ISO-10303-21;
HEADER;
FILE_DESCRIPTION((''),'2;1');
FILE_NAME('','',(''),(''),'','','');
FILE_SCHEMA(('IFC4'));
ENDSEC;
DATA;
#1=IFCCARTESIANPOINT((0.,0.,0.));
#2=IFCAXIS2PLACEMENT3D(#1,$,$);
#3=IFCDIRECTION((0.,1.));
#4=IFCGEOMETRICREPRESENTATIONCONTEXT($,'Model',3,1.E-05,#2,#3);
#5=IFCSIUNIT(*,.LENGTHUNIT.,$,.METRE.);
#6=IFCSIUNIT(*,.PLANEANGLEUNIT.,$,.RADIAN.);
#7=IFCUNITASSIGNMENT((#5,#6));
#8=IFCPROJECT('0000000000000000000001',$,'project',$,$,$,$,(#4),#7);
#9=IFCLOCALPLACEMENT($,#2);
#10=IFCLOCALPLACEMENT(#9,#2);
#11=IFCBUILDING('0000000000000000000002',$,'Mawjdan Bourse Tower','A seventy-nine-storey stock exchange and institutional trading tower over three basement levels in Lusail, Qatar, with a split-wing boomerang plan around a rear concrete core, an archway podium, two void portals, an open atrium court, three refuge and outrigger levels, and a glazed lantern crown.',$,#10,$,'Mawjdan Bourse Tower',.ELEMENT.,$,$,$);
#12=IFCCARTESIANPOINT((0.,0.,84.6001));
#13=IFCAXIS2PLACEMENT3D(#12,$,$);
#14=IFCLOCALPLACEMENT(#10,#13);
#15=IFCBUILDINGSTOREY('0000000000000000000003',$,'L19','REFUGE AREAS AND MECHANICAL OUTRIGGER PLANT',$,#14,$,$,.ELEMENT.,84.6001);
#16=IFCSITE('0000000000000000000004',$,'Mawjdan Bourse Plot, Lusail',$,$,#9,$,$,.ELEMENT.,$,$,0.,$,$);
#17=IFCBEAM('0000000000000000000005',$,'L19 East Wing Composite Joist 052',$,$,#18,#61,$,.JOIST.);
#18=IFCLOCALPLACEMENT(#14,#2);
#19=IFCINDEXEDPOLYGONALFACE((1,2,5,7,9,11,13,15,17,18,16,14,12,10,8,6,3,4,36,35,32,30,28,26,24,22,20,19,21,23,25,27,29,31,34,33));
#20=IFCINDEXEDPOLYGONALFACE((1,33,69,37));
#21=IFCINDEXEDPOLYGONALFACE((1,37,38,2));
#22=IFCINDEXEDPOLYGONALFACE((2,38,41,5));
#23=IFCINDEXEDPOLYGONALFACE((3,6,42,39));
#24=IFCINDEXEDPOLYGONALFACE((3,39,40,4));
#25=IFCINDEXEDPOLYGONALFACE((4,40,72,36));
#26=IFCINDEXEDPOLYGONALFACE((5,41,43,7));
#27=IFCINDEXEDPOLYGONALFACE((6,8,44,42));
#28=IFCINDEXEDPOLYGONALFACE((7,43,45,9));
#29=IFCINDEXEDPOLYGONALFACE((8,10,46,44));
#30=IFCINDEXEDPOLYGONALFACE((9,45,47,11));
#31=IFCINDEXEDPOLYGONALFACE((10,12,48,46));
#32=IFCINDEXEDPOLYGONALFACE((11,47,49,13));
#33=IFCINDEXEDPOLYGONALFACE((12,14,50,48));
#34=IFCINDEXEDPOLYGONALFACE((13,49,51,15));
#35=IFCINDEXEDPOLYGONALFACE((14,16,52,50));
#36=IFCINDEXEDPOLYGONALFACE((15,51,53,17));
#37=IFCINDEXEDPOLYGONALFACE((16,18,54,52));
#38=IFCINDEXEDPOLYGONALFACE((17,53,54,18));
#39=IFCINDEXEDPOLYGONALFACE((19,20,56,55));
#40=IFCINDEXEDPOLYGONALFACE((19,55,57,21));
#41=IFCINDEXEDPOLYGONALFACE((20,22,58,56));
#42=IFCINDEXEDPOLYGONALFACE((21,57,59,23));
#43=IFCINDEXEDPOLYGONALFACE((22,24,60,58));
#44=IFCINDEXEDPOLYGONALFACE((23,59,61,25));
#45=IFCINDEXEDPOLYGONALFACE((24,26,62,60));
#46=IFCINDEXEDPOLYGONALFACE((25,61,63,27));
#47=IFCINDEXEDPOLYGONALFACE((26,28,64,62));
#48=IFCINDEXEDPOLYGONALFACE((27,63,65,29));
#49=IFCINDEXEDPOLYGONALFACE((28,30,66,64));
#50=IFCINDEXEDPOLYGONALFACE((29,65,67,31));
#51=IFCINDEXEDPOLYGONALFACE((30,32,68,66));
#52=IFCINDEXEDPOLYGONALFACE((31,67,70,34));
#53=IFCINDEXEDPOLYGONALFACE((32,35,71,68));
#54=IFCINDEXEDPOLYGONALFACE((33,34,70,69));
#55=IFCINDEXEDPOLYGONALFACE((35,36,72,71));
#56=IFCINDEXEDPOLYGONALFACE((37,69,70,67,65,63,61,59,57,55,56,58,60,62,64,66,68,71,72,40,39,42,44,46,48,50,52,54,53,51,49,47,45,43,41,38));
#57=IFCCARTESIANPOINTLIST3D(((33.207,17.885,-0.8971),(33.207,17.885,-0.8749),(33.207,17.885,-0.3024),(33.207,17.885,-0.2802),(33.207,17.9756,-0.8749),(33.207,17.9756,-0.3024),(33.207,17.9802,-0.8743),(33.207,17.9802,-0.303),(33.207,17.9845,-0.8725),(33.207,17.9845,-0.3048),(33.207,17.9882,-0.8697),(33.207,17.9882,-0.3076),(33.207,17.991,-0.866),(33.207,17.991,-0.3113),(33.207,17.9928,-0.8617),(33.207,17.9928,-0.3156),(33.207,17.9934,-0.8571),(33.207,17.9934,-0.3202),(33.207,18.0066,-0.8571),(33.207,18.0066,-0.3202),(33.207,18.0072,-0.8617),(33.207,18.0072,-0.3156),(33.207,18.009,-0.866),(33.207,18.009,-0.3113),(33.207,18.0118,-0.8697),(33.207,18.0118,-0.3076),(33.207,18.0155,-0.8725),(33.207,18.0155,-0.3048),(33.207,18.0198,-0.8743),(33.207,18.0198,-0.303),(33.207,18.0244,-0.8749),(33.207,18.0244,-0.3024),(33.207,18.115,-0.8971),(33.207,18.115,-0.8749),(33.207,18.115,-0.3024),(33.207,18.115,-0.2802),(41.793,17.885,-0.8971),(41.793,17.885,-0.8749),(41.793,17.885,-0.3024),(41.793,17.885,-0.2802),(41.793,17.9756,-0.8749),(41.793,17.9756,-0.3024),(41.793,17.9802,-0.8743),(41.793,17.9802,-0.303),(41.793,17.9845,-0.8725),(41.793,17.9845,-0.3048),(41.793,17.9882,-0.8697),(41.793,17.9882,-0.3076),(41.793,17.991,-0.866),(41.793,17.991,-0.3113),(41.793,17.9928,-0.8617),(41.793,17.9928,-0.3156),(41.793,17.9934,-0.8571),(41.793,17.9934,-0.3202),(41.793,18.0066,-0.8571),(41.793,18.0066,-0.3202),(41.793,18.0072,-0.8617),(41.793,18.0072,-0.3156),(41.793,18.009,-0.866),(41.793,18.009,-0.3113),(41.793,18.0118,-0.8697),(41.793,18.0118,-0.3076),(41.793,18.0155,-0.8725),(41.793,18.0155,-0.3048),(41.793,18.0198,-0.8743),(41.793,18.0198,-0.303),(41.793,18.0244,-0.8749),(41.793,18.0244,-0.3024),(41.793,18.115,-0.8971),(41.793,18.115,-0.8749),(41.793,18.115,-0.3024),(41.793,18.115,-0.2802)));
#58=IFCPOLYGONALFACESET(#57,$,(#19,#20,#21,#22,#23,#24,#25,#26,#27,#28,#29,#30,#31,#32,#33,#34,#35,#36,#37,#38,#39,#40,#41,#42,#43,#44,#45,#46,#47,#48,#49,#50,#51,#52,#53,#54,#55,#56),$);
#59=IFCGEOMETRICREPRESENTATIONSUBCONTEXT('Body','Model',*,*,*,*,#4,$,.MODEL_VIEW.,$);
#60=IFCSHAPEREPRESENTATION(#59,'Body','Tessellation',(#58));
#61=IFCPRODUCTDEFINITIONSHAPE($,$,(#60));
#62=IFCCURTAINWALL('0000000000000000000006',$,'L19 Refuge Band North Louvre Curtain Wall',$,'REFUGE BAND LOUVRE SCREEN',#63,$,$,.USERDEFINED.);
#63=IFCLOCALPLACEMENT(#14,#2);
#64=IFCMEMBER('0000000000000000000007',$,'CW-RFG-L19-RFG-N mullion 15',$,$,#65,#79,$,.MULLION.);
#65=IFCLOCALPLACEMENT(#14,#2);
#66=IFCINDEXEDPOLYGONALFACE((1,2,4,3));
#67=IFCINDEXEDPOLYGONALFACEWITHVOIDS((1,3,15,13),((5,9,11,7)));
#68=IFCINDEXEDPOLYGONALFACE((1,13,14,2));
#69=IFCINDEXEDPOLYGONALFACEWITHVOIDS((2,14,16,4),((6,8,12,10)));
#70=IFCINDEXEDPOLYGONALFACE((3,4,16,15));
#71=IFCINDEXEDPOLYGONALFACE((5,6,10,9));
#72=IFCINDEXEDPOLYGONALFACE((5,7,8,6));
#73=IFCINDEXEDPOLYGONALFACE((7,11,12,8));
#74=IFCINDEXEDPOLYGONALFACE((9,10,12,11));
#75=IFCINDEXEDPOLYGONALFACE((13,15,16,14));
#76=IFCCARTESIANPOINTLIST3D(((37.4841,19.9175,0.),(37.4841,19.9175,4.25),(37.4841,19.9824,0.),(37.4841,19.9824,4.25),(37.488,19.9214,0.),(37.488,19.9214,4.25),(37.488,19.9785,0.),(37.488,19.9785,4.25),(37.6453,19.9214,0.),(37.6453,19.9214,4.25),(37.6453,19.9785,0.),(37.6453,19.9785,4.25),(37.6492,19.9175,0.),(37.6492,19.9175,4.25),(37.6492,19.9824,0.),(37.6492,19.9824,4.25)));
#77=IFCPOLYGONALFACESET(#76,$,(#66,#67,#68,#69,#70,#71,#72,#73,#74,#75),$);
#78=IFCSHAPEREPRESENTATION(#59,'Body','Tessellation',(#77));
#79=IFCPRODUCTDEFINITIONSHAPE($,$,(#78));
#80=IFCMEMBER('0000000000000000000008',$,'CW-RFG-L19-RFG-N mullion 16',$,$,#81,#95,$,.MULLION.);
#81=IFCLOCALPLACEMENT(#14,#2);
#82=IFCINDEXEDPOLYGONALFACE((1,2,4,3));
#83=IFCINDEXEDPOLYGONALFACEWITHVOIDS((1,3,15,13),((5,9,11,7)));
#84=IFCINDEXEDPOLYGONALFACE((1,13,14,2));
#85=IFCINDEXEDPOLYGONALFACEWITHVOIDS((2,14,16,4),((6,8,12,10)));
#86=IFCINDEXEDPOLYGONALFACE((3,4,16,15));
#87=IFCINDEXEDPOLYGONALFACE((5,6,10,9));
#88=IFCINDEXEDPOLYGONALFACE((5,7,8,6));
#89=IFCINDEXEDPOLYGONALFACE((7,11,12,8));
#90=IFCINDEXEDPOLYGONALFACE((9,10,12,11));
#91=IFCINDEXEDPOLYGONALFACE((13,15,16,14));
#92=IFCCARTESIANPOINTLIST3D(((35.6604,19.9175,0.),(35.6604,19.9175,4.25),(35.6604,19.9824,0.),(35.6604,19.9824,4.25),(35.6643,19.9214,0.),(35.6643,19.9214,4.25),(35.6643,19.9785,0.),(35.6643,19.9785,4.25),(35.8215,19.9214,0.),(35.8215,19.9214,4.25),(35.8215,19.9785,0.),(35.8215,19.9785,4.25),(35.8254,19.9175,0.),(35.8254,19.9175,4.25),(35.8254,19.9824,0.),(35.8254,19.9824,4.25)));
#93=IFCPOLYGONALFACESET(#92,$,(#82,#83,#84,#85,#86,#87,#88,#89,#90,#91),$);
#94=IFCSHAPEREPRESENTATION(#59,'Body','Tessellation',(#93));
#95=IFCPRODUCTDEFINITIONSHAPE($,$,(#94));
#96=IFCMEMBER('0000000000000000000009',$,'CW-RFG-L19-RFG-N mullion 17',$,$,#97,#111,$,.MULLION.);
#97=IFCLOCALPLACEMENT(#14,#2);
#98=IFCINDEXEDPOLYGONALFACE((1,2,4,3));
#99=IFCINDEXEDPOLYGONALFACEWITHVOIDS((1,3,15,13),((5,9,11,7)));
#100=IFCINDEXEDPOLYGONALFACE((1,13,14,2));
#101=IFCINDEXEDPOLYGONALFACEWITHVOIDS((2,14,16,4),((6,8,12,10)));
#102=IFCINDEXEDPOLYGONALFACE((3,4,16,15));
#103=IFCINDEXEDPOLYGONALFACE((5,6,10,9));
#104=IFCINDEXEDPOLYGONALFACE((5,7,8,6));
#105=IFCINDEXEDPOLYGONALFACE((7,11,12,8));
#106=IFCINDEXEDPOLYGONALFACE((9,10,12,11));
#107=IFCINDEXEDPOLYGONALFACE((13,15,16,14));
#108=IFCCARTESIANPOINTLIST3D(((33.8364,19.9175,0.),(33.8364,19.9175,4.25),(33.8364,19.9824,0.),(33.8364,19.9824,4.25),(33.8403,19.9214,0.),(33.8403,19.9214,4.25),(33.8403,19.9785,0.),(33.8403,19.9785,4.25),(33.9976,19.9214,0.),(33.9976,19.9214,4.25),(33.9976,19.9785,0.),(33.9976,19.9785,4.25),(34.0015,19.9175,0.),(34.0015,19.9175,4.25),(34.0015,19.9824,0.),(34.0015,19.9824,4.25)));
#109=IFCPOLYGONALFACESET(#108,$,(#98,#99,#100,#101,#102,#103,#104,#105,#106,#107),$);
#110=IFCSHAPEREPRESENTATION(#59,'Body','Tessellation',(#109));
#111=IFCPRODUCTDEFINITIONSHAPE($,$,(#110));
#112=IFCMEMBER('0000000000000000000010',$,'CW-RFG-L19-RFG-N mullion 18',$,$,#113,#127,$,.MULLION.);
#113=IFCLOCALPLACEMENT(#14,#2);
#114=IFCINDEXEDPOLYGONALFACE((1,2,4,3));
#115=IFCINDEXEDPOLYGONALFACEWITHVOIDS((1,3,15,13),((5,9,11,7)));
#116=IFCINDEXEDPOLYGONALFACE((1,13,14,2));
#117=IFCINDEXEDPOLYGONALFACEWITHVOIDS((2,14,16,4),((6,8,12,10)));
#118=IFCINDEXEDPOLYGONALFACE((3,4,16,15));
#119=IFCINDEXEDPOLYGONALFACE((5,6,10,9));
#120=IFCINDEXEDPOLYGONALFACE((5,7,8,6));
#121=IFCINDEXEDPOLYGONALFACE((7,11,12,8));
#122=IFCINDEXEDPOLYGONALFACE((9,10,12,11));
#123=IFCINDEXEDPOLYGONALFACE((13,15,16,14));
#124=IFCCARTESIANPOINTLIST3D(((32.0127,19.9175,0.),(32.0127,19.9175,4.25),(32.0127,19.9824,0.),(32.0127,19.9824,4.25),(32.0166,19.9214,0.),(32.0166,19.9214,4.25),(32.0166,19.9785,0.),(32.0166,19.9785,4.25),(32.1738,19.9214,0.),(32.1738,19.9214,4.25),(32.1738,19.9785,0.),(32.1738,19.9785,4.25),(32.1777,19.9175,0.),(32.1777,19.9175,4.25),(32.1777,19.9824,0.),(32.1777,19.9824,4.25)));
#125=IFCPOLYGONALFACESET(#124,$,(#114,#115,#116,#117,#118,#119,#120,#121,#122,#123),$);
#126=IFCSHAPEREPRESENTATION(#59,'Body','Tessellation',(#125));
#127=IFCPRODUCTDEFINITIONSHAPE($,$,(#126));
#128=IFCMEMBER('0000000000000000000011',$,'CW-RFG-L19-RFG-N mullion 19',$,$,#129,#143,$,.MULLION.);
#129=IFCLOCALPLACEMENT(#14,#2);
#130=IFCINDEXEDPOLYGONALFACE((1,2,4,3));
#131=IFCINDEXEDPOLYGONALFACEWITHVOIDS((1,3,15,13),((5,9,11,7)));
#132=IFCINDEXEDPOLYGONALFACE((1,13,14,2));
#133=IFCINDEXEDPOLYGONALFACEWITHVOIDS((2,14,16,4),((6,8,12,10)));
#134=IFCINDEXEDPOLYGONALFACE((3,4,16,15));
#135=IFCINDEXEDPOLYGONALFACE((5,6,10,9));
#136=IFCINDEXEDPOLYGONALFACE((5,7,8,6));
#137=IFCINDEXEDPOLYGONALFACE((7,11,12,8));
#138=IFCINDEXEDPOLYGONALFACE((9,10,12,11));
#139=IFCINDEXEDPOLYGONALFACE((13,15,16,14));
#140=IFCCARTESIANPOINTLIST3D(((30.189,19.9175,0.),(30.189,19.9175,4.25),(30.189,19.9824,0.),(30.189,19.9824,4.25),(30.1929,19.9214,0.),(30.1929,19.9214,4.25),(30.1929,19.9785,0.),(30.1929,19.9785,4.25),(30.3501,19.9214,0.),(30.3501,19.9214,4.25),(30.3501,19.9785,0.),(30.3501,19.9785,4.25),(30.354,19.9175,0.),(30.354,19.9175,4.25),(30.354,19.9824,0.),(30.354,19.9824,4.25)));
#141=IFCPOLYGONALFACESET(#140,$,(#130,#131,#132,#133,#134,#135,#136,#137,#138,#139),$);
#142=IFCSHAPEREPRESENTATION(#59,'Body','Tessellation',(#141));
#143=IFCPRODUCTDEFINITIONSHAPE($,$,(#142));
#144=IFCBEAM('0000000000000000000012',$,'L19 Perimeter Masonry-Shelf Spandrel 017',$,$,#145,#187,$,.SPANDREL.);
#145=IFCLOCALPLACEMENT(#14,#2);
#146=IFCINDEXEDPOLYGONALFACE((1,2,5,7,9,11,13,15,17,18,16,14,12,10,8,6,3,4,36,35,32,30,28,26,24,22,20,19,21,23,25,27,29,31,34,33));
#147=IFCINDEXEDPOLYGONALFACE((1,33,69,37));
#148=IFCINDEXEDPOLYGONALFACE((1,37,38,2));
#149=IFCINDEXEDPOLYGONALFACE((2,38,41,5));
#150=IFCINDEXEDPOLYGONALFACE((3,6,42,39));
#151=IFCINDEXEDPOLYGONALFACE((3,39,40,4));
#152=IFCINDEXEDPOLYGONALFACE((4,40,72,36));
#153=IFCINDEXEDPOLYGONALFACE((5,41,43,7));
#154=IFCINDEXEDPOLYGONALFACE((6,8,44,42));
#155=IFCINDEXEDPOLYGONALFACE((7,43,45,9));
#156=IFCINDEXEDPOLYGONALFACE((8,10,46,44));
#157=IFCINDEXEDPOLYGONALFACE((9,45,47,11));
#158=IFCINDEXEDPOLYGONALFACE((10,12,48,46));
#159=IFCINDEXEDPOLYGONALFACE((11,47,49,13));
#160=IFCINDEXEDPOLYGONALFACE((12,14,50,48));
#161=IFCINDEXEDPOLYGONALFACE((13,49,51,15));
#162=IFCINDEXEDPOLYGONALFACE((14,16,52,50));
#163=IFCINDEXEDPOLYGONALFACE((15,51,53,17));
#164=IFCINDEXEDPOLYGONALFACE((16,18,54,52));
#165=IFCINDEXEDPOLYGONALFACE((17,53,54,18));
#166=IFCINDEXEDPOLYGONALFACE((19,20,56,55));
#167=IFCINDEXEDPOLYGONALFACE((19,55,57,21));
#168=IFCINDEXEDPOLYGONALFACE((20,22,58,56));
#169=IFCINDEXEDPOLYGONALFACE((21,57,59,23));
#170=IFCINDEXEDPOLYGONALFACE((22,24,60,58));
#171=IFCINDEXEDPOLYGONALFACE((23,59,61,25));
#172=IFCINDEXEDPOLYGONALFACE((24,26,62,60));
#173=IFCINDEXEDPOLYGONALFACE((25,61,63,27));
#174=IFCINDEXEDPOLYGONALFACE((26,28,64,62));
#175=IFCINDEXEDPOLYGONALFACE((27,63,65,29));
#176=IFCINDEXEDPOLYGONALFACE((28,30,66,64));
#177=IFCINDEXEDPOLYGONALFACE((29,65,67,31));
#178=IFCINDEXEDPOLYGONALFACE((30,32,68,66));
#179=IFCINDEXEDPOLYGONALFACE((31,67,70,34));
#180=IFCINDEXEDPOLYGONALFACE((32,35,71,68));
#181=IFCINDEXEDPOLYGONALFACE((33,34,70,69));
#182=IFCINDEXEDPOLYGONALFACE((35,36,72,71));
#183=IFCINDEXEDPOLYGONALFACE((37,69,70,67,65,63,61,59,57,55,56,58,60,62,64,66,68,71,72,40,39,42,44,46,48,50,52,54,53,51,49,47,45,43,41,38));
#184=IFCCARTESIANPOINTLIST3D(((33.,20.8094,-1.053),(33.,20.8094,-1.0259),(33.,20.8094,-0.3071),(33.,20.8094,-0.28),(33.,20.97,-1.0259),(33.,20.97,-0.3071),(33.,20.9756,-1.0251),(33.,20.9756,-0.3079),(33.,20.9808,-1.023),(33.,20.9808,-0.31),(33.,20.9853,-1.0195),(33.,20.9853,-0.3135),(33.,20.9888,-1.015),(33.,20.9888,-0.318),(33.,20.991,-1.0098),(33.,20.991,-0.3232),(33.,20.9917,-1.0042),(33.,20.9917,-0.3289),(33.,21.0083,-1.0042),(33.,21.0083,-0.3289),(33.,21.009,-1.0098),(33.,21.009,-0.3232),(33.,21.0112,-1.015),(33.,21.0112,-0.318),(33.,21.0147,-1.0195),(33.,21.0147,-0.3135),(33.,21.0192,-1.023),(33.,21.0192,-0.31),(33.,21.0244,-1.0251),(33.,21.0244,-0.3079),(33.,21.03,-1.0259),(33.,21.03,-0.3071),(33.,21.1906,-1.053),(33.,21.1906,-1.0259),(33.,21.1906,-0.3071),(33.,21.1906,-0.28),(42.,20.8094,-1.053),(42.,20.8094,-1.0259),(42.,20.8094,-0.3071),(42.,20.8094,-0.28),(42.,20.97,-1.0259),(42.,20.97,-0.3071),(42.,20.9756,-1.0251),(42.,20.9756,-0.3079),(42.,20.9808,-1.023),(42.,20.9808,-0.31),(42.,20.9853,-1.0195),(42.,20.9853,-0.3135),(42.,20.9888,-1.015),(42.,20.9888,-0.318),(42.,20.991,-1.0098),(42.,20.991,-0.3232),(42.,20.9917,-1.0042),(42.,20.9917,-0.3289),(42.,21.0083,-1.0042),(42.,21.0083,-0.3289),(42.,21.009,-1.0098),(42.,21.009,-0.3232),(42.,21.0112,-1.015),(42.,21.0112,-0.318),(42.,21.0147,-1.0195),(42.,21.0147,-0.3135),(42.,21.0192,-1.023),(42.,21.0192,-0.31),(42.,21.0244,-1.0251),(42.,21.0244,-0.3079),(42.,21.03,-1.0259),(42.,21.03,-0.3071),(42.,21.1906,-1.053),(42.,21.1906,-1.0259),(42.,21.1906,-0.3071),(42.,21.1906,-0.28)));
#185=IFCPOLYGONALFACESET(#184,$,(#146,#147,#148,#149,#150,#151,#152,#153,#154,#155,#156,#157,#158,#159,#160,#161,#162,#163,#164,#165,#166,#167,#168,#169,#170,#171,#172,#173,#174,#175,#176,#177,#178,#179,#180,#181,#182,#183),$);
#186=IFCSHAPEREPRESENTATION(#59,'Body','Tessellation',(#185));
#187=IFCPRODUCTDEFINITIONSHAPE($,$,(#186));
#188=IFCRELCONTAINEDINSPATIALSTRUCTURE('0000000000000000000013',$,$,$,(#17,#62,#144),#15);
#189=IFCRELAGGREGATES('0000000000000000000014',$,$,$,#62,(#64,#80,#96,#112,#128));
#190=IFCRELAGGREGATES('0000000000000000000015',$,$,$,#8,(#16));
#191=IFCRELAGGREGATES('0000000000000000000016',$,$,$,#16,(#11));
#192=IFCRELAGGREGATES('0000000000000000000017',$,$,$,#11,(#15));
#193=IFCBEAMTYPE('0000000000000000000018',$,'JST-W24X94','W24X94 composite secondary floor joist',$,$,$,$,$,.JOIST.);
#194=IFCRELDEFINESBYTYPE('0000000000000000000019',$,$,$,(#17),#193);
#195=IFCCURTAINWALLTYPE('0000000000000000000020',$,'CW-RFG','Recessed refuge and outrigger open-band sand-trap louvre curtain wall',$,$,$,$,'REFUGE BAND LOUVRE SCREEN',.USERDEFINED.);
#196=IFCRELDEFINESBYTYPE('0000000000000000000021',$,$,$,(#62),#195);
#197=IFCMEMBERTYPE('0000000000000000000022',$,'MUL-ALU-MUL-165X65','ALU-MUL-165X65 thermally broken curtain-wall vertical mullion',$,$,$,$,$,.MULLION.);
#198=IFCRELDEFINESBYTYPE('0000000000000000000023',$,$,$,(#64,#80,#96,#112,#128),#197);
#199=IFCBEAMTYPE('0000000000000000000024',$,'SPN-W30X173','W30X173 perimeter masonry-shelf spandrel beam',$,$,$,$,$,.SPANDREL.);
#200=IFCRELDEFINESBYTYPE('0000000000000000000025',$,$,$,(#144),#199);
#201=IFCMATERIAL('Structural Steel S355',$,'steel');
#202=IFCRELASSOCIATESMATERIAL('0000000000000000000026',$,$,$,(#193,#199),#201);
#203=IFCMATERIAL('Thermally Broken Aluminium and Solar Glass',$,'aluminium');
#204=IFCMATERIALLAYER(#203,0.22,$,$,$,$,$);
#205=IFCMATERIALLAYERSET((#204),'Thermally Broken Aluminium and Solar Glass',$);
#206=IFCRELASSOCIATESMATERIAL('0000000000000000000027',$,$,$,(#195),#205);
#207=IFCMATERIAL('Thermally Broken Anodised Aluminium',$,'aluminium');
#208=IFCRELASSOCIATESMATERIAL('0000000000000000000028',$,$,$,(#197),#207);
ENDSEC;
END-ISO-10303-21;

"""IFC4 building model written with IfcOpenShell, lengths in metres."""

from ifc_helpers import new_model, si_unit, direction, frame, origin, origin_2d, place, context, subcontext, project, spatial, hollow_rectangle, i_section, extrude, material, layer, layer_set, material_profile, profile_set, type_object, element, aggregate, save


model = new_model("IFC4")

# Units and contexts
model_context = context("Model", 3, precision=1e-05, world=origin(), true_north=direction((0.0, 1.0)))
body_context = subcontext(model_context, "Body", "Model", "MODEL_VIEW")
ifc_project = project(units=[si_unit("LENGTHUNIT", "METRE"), si_unit("PLANEANGLEUNIT", "RADIAN")], contexts=[model_context])

# Site, building, storey
site_placement = place(None, origin())
site = spatial("IfcSite", under=ifc_project, at=site_placement, Name="Mawjdan Bourse Plot, Lusail", CompositionType="ELEMENT", RefElevation=0.0)
building_placement = place(site_placement, origin())
building = spatial("IfcBuilding", under=site, at=building_placement, Name="Mawjdan Bourse Tower", Description="A seventy-nine-storey stock exchange and institutional trading tower over three basement levels in Lusail, Qatar, with a split-wing boomerang plan around a rear concrete core, an archway podium, two void portals, an open atrium court, three refuge and outrigger levels, and a glazed lantern crown.", LongName="Mawjdan Bourse Tower", CompositionType="ELEMENT")
storey_placement = place(building_placement, frame((0.0, 0.0, 84.6001)))
storey = spatial("IfcBuildingStorey", under=building, at=storey_placement, Name="L19", Description="REFUGE AREAS AND MECHANICAL OUTRIGGER PLANT", CompositionType="ELEMENT", Elevation=84.6001)

# Beam
ifc_material_1 = material(Name="Structural Steel S355", Category="steel")
ifc_material_profile_1 = material_profile(ifc_material_1, i_section(OverallWidth=0.23, OverallDepth=0.6169, WebThickness=0.0132, FlangeThickness=0.0222, FilletRadius=0.0178, at=origin_2d()), Name="W24X94")
ifc_profile_set_1 = profile_set([ifc_material_profile_1], Name="Structural Steel S355")
beam_type_1 = type_object("IfcBeamType", Name="JST-W24X94", Description="W24X94 composite secondary floor joist", PredefinedType="JOIST", material=ifc_profile_set_1)
for number, where, z_axis, x_axis, name in (
    (1, (33.207, 18.0, -0.5886), (1.0, 0.0, 0.0), (0.0, 1.0, 0.0), "L19 East Wing Composite Joist 052"),
):
    element("IfcBeam", number, at=place(storey_placement, frame(where, z_axis=z_axis, x_axis=x_axis)), inside=storey, type_object=beam_type_1, Name=name, PredefinedType="JOIST", context=body_context, shape_type="SweptSolid", body=[
        extrude(i_section(OverallWidth=0.23, OverallDepth=0.6169, WebThickness=0.0132, FlangeThickness=0.0222, FilletRadius=0.0178, at=origin_2d()), origin(), (0.0, 0.0, 1.0), 8.5859),
    ])

# Curtain wall, members
ifc_material_2 = material(Name="Thermally Broken Aluminium and Solar Glass", Category="aluminium")
ifc_layer_1 = layer(ifc_material_2, 0.22)
ifc_layer_set_1 = layer_set([ifc_layer_1], Name="Thermally Broken Aluminium and Solar Glass")
curtain_wall_type = type_object("IfcCurtainWallType", Name="CW-RFG", Description="Recessed refuge and outrigger open-band sand-trap louvre curtain wall", ElementType="REFUGE BAND LOUVRE SCREEN", PredefinedType="USERDEFINED", material=ifc_layer_set_1)
curtain_wall_placement = place(storey_placement, origin())
curtain_wall = element("IfcCurtainWall", 2, at=curtain_wall_placement, inside=storey, type_object=curtain_wall_type, Name="L19 Refuge Band North Louvre Curtain Wall", ObjectType="REFUGE BAND LOUVRE SCREEN", PredefinedType="USERDEFINED")
ifc_material_3 = material(Name="Thermally Broken Anodised Aluminium", Category="aluminium")
ifc_material_profile_2 = material_profile(ifc_material_3, hollow_rectangle(XDim=0.0649, YDim=0.165, WallThickness=0.0039, at=origin_2d()), Name="ALU-MUL-165X65")
ifc_profile_set_2 = profile_set([ifc_material_profile_2], Name="Thermally Broken Anodised Aluminium")
member_type_1 = type_object("IfcMemberType", Name="MUL-ALU-MUL-165X65", Description="ALU-MUL-165X65 thermally broken curtain-wall vertical mullion", PredefinedType="MULLION", material=ifc_profile_set_2)
member_1_placement = place(storey_placement, frame((37.5667, 19.95, 0.0), z_axis=(0.0, 0.0, 1.0), x_axis=(0.0, -1.0, 0.0)))
member_1 = element("IfcMember", 3, at=member_1_placement, type_object=member_type_1, Name="CW-RFG-L19-RFG-N mullion 15", PredefinedType="MULLION", context=body_context, shape_type="SweptSolid", body=[
    extrude(hollow_rectangle(XDim=0.0649, YDim=0.165, WallThickness=0.0039, at=origin_2d()), origin(), (0.0, 0.0, 1.0), 4.25),
])
member_2_placement = place(storey_placement, frame((35.7429, 19.95, 0.0), z_axis=(0.0, 0.0, 1.0), x_axis=(0.0, -1.0, 0.0)))
member_2 = element("IfcMember", 4, at=member_2_placement, type_object=member_type_1, Name="CW-RFG-L19-RFG-N mullion 16", PredefinedType="MULLION", context=body_context, shape_type="SweptSolid", body=[
    extrude(hollow_rectangle(XDim=0.0649, YDim=0.165, WallThickness=0.0039, at=origin_2d()), origin(), (0.0, 0.0, 1.0), 4.25),
])
member_3_placement = place(storey_placement, frame((33.9189, 19.95, 0.0), z_axis=(0.0, 0.0, 1.0), x_axis=(0.0, -1.0, 0.0)))
member_3 = element("IfcMember", 5, at=member_3_placement, type_object=member_type_1, Name="CW-RFG-L19-RFG-N mullion 17", PredefinedType="MULLION", context=body_context, shape_type="SweptSolid", body=[
    extrude(hollow_rectangle(XDim=0.0649, YDim=0.165, WallThickness=0.0039, at=origin_2d()), origin(), (0.0, 0.0, 1.0), 4.25),
])
member_4_placement = place(storey_placement, frame((32.0952, 19.95, 0.0), z_axis=(0.0, 0.0, 1.0), x_axis=(0.0, -1.0, 0.0)))
member_4 = element("IfcMember", 6, at=member_4_placement, type_object=member_type_1, Name="CW-RFG-L19-RFG-N mullion 18", PredefinedType="MULLION", context=body_context, shape_type="SweptSolid", body=[
    extrude(hollow_rectangle(XDim=0.0649, YDim=0.165, WallThickness=0.0039, at=origin_2d()), origin(), (0.0, 0.0, 1.0), 4.25),
])
member_5_placement = place(storey_placement, frame((30.2715, 19.95, 0.0), z_axis=(0.0, 0.0, 1.0), x_axis=(0.0, -1.0, 0.0)))
member_5 = element("IfcMember", 7, at=member_5_placement, type_object=member_type_1, Name="CW-RFG-L19-RFG-N mullion 19", PredefinedType="MULLION", context=body_context, shape_type="SweptSolid", body=[
    extrude(hollow_rectangle(XDim=0.0649, YDim=0.165, WallThickness=0.0039, at=origin_2d()), origin(), (0.0, 0.0, 1.0), 4.25),
])

# Beam
ifc_material_profile_3 = material_profile(ifc_material_1, i_section(OverallWidth=0.3811, OverallDepth=0.7729, WebThickness=0.0166, FlangeThickness=0.0271, FilletRadius=0.0217, at=origin_2d()), Name="W30X173")
ifc_profile_set_3 = profile_set([ifc_material_profile_3], Name="Structural Steel S355")
beam_type_2 = type_object("IfcBeamType", Name="SPN-W30X173", Description="W30X173 perimeter masonry-shelf spandrel beam", PredefinedType="SPANDREL", material=ifc_profile_set_3)
beam_placement = place(storey_placement, frame((33.0, 21.0, -0.6665), z_axis=(1.0, 0.0, 0.0), x_axis=(0.0, 1.0, 0.0)))
element("IfcBeam", 8, at=beam_placement, inside=storey, type_object=beam_type_2, Name="L19 Perimeter Masonry-Shelf Spandrel 017", PredefinedType="SPANDREL", context=body_context, shape_type="SweptSolid", body=[
    extrude(i_section(OverallWidth=0.3811, OverallDepth=0.7729, WebThickness=0.0166, FlangeThickness=0.0271, FilletRadius=0.0217, at=origin_2d()), origin(), (0.0, 0.0, 1.0), 9.0),
])

aggregate(curtain_wall, [member_1, member_2, member_3, member_4, member_5])

save(model, "model.ifc")
